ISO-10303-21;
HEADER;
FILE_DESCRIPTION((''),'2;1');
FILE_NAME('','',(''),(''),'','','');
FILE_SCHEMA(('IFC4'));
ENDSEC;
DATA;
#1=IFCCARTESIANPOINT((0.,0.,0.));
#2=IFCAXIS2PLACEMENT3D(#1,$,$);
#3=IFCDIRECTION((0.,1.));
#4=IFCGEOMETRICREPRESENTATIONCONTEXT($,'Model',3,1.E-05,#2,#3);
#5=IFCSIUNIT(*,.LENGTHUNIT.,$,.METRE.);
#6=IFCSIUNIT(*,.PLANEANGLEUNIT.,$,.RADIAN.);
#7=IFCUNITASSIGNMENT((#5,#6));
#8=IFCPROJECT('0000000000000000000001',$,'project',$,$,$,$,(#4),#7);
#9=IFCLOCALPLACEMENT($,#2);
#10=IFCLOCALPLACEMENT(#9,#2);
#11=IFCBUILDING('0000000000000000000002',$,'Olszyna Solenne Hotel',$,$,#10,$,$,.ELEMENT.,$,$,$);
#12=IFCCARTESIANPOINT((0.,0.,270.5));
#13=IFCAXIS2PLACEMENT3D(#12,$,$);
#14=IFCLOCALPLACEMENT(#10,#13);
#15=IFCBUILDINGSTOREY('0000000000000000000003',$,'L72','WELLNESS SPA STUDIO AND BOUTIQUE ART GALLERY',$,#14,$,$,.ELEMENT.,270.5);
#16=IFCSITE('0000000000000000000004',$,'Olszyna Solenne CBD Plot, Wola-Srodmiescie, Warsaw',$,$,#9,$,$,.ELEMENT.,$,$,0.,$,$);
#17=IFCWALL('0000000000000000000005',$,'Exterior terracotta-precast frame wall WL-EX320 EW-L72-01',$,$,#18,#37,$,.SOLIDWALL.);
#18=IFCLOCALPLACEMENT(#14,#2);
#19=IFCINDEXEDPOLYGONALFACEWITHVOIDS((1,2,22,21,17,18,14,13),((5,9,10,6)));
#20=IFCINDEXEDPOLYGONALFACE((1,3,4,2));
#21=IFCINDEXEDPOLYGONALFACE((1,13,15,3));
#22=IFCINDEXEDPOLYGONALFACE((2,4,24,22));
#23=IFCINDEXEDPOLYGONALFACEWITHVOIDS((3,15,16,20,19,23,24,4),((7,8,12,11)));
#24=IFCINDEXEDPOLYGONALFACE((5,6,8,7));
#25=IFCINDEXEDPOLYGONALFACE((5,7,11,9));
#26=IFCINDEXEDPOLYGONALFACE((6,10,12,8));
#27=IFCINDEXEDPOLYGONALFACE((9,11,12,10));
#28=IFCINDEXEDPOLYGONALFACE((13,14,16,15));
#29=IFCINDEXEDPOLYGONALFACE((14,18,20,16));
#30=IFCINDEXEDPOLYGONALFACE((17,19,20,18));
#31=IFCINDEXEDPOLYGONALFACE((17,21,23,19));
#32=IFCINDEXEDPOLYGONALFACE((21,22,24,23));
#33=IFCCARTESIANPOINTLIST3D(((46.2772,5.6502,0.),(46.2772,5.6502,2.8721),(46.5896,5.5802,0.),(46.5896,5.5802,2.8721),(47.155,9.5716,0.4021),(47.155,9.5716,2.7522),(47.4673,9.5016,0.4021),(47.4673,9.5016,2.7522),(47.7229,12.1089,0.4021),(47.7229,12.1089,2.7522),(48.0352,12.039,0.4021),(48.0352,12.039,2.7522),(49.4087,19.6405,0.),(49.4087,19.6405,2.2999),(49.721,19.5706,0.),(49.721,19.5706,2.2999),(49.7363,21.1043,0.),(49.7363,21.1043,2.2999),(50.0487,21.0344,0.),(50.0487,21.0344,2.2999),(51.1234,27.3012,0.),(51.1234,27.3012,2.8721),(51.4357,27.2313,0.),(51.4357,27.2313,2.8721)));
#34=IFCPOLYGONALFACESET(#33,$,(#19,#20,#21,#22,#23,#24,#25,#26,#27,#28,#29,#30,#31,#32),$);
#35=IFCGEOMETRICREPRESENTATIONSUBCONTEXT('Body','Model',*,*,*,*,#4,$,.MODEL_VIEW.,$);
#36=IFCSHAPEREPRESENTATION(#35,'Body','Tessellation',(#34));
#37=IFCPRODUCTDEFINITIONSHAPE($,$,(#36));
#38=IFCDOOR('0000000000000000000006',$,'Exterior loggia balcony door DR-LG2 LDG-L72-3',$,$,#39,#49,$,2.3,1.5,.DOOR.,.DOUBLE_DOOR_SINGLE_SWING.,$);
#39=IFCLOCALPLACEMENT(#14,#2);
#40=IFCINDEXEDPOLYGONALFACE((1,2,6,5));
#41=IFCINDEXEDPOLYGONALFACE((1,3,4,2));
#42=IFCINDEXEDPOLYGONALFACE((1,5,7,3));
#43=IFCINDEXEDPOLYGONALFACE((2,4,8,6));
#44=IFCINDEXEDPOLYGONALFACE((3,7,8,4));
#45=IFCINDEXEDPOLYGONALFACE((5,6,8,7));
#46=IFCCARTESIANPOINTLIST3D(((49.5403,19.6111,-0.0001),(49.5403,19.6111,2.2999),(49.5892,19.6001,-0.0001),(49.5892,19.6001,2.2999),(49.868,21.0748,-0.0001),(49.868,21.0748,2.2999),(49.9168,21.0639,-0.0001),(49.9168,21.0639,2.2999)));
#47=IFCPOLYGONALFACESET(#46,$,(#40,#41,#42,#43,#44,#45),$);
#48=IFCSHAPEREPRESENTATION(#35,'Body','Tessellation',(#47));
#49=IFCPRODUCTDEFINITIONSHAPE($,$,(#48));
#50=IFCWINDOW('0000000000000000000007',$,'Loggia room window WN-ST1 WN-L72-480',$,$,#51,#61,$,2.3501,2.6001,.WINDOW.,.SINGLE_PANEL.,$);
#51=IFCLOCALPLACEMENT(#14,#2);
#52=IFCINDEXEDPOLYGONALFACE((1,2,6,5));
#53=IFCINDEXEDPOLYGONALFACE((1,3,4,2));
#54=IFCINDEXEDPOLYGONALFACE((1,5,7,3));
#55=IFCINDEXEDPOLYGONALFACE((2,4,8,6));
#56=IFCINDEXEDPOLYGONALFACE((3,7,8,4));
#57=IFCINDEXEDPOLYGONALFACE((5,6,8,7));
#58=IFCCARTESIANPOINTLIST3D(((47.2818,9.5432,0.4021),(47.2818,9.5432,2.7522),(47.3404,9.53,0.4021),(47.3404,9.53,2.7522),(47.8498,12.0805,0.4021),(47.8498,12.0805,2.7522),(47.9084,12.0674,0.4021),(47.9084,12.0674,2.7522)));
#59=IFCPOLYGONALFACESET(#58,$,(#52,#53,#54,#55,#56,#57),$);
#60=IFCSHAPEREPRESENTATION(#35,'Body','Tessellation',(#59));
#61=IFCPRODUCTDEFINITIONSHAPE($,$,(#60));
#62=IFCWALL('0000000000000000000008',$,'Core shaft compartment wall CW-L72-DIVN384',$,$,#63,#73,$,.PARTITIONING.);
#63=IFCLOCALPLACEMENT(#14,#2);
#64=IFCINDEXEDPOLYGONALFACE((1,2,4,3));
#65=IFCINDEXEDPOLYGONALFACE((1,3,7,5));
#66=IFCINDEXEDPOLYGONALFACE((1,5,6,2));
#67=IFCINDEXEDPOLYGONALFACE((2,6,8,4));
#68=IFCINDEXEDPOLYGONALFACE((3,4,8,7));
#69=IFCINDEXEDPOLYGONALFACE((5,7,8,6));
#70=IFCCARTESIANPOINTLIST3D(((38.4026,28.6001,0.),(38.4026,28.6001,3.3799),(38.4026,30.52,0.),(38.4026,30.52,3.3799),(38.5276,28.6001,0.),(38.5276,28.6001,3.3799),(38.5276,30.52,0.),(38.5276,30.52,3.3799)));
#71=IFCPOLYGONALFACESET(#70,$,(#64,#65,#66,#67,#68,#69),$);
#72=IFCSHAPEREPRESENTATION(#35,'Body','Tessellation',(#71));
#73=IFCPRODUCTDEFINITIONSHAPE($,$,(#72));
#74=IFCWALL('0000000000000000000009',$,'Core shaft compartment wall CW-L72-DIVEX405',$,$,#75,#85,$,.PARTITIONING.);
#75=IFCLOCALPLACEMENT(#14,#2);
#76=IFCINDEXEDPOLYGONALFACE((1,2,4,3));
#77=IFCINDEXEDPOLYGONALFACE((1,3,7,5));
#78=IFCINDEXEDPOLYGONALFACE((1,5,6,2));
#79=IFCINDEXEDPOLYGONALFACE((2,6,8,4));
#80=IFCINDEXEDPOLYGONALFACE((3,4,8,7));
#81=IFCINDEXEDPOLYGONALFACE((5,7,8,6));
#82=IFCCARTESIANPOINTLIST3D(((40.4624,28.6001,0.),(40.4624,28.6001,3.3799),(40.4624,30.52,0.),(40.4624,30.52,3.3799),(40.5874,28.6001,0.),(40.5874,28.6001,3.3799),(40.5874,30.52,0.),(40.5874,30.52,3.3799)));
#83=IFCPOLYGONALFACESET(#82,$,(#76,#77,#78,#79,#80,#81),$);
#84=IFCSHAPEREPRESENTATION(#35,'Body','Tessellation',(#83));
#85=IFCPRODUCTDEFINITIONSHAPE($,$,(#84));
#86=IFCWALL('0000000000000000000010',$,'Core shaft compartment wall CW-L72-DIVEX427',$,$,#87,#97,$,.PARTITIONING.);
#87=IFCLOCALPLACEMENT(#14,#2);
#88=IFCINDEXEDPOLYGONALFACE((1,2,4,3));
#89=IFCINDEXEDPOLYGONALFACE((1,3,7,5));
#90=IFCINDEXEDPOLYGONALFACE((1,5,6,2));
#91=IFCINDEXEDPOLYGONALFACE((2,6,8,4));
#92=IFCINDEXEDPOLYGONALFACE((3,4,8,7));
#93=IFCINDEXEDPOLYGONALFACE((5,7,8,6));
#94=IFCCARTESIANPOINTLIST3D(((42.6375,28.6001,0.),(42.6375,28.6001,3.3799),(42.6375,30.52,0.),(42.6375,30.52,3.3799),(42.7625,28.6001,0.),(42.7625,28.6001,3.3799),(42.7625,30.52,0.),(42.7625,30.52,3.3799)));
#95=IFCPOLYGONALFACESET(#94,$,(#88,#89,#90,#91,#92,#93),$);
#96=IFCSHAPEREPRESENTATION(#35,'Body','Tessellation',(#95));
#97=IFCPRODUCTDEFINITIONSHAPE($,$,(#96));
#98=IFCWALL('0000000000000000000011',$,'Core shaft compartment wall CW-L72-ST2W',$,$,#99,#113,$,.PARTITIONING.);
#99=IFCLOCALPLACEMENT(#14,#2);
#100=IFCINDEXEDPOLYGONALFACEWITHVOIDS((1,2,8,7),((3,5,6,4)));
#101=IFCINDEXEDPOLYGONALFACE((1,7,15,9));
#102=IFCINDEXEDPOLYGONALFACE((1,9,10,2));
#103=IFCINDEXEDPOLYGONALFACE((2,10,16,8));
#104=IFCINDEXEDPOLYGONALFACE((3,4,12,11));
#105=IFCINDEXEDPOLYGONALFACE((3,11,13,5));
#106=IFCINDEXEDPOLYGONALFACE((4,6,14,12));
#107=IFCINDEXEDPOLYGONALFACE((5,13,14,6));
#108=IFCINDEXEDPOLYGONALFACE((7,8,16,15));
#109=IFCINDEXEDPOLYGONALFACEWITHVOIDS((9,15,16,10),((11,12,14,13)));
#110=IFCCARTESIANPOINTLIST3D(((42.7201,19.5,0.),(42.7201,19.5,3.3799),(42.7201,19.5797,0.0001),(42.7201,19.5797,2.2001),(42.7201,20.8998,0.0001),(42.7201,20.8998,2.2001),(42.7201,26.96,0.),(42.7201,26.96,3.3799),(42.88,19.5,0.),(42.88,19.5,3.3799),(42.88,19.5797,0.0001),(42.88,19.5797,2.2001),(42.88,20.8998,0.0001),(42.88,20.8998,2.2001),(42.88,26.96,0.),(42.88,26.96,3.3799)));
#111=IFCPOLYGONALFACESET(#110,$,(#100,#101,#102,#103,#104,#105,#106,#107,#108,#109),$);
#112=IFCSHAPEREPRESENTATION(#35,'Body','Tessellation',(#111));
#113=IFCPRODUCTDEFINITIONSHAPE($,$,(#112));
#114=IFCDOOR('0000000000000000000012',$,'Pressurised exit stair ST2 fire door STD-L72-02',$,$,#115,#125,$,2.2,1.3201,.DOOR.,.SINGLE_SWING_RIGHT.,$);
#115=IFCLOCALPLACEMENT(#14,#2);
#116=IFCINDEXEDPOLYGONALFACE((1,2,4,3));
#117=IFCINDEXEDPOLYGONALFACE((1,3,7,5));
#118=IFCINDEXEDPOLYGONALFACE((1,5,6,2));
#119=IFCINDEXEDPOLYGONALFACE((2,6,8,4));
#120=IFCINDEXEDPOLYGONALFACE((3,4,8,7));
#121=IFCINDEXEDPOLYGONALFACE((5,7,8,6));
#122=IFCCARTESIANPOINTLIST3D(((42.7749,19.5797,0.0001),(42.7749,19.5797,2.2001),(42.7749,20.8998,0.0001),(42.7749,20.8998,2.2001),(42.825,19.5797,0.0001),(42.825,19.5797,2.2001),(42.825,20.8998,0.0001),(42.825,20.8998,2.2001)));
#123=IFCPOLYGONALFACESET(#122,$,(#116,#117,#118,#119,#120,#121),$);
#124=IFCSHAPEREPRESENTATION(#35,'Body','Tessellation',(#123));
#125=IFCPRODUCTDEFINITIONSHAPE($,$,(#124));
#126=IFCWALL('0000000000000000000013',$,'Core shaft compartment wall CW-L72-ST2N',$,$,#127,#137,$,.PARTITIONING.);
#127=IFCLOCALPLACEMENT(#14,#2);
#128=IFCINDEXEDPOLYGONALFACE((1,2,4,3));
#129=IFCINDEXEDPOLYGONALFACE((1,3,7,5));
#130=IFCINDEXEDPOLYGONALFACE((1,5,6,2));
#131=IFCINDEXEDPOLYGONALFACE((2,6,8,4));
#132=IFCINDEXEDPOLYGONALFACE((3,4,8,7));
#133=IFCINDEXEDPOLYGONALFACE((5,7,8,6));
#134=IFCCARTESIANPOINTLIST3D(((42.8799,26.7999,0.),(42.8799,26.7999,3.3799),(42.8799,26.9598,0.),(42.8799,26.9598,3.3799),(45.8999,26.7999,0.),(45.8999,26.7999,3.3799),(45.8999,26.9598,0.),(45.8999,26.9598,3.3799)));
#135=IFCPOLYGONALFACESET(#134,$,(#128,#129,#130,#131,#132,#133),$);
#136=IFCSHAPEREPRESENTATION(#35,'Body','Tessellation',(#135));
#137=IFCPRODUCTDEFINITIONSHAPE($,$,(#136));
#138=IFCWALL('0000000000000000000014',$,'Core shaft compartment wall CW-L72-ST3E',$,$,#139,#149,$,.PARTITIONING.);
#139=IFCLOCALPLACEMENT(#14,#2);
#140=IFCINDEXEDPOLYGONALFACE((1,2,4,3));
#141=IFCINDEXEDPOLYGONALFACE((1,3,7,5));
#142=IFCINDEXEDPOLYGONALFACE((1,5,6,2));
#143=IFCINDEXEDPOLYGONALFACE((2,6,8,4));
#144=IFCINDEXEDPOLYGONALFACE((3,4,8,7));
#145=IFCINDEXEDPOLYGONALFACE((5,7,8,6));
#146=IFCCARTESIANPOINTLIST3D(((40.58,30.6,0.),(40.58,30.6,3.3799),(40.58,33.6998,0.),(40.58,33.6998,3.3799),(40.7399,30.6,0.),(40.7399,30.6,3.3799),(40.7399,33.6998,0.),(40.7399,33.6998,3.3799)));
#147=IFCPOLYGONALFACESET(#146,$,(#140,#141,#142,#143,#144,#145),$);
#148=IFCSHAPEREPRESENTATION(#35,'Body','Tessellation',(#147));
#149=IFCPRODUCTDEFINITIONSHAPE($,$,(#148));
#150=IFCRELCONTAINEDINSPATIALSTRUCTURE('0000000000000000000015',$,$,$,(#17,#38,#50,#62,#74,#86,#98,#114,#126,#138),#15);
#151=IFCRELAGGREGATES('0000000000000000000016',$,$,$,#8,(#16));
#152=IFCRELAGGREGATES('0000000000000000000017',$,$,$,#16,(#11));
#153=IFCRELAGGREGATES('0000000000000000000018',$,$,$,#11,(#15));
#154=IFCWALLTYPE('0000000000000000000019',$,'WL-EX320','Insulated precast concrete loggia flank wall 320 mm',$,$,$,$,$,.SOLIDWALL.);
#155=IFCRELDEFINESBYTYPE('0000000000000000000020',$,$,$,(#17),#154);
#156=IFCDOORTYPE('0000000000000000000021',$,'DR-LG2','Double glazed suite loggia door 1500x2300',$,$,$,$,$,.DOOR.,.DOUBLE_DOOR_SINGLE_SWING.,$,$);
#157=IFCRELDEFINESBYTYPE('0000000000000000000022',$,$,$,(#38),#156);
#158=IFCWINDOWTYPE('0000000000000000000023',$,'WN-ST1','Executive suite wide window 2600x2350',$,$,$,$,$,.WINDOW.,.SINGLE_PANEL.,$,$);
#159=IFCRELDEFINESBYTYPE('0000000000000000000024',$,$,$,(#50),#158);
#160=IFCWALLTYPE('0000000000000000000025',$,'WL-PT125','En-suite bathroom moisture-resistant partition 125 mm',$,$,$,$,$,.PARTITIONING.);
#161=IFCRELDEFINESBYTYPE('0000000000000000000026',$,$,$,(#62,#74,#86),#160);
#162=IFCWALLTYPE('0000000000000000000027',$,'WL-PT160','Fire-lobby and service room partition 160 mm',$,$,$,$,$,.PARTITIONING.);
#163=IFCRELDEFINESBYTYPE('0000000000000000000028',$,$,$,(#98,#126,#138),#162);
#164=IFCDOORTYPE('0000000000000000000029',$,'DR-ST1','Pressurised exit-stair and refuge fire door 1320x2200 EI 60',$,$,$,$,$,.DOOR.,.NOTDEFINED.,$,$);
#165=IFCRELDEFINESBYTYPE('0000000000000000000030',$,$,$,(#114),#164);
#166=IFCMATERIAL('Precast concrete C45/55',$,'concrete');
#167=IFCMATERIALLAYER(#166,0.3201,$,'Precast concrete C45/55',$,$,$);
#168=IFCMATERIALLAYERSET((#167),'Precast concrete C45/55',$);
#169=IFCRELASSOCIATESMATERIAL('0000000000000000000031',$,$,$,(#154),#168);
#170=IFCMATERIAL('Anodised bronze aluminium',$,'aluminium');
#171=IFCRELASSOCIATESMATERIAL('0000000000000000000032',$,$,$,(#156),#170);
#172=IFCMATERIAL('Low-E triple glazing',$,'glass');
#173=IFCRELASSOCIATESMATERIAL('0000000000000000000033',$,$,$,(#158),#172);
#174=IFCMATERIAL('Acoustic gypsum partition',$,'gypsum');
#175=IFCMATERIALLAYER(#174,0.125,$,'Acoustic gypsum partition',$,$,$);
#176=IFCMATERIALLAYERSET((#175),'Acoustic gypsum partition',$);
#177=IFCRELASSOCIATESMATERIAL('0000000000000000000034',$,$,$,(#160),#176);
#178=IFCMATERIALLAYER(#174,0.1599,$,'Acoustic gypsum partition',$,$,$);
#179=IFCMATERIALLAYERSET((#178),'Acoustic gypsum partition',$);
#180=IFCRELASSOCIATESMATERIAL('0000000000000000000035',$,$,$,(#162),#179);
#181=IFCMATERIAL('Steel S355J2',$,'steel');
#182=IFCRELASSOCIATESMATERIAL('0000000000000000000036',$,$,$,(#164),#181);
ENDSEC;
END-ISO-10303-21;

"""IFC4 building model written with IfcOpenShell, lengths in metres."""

from ifc_helpers import new_model, si_unit, direction, frame, frame_2d, origin, place, context, subcontext, project, spatial, rectangle, extrude, source, transform, mapped, material, layer, layer_set, type_object, type_shapes, element, fill, save


model = new_model("IFC4")

# Units and contexts
model_context = context("Model", 3, precision=1e-05, world=origin(), true_north=direction((0.0, 1.0)))
body_context = subcontext(model_context, "Body", "Model", "MODEL_VIEW")
ifc_project = project(units=[si_unit("LENGTHUNIT", "METRE"), si_unit("PLANEANGLEUNIT", "RADIAN")], contexts=[model_context])

# Site, building, storey
site_placement = place(None, origin())
site = spatial("IfcSite", under=ifc_project, at=site_placement, Name="Olszyna Solenne CBD Plot, Wola-Srodmiescie, Warsaw", CompositionType="ELEMENT", RefElevation=0.0)
building_placement = place(site_placement, origin())
building = spatial("IfcBuilding", under=site, at=building_placement, Name="Olszyna Solenne Hotel", CompositionType="ELEMENT")
storey_placement = place(building_placement, frame((0.0, 0.0, 270.5)))
storey = spatial("IfcBuildingStorey", under=building, at=storey_placement, Name="L72", Description="WELLNESS SPA STUDIO AND BOUTIQUE ART GALLERY", CompositionType="ELEMENT", Elevation=270.5)

# Shared definitions
ifc_material_1 = material(Name="Steel S355J2", Category="steel")

# Wall, openings, door, window
ifc_material_2 = material(Name="Precast concrete C45/55", Category="concrete")
ifc_layer_1 = layer(ifc_material_2, 0.3201, Name="Precast concrete C45/55")
ifc_layer_set_1 = layer_set([ifc_layer_1], Name="Precast concrete C45/55")
wall_type_1 = type_object("IfcWallType", Name="WL-EX320", Description="Insulated precast concrete loggia flank wall 320 mm", PredefinedType="SOLIDWALL", material=ifc_layer_set_1)
wall_1_placement = place(storey_placement, frame((51.2795, 27.2661, 0.0), z_axis=(0.0, 0.0, 1.0), x_axis=(-0.218426, -0.975853, 0.0)))
wall_1 = element("IfcWall", 1, at=wall_1_placement, inside=storey, type_object=wall_type_1, Name="Exterior terracotta-precast frame wall WL-EX320 EW-L72-01", PredefinedType="SOLIDWALL", context=body_context, shape_type="SweptSolid", body=[
    extrude(rectangle(XDim=22.1868, YDim=0.3201, at=frame_2d((11.0933, 0.0))), origin(), (0.0, 0.0, 1.0), 2.8721),
])
opening_1_placement = place(wall_1_placement, frame((6.3501, 0.0, 0.0)))
opening_1 = element("IfcOpeningElement", 2, at=opening_1_placement, cuts=wall_1, PredefinedType="OPENING", context=body_context, shape_type="SweptSolid", body=[
    extrude(rectangle(XDim=1.5, YDim=2.3, at=frame_2d((0.75, 1.1499))), frame((0.0, 0.1699, 0.0), z_axis=(0.0, -1.0, 0.0), x_axis=(1.0, 0.0, 0.0)), (0.0, 0.0, 1.0), 0.3401),
])
opening_2_placement = place(wall_1_placement, frame((15.5681, 0.0, 0.4021)))
opening_2 = element("IfcOpeningElement", 3, at=opening_2_placement, cuts=wall_1, PredefinedType="OPENING", context=body_context, shape_type="SweptSolid", body=[
    extrude(rectangle(XDim=2.6001, YDim=2.3501, at=frame_2d((1.3, 1.175))), frame((0.0, 0.1699, 0.0), z_axis=(0.0, -1.0, 0.0), x_axis=(1.0, 0.0, 0.0)), (0.0, 0.0, 1.0), 0.3401),
])
ifc_material_3 = material(Name="Anodised bronze aluminium", Category="aluminium")
door_type_1 = type_object("IfcDoorType", Name="DR-LG2", Description="Double glazed suite loggia door 1500x2300", OperationType="DOUBLE_DOOR_SINGLE_SWING", PredefinedType="DOOR", material=ifc_material_3)
shared_shape_1 = source(origin(), body_context, "Body", "SweptSolid", [
    extrude(rectangle(XDim=1.5, YDim=2.3, at=frame_2d((0.75, 1.1499))), frame((0.0, 0.0249, 0.0), z_axis=(0.0, -1.0, 0.0), x_axis=(1.0, 0.0, 0.0)), (0.0, 0.0, 1.0), 0.05),
])
type_shapes(door_type_1, [shared_shape_1])
door_1_placement = place(opening_1_placement, origin())
door_1 = element("IfcDoor", 4, at=door_1_placement, inside=storey, type_object=door_type_1, Name="Exterior loggia balcony door DR-LG2 LDG-L72-3", OperationType="DOUBLE_DOOR_SINGLE_SWING", OverallHeight=2.3, OverallWidth=1.5, PredefinedType="DOOR", context=body_context, shape_type="MappedRepresentation", body=[
    mapped(shared_shape_1, transform((0.0, 0.0, 0.0), x_axis=(1.0, 0.0, 0.0), y_axis=(0.0, 1.0, 0.0), z_axis=(0.0, 0.0, 1.0), scale=1.0)),
])
fill(opening_1, door_1)
ifc_material_4 = material(Name="Low-E triple glazing", Category="glass")
window_type = type_object("IfcWindowType", Name="WN-ST1", Description="Executive suite wide window 2600x2350", PartitioningType="SINGLE_PANEL", PredefinedType="WINDOW", material=ifc_material_4)
shared_shape_2 = source(origin(), body_context, "Body", "SweptSolid", [
    extrude(rectangle(XDim=2.6001, YDim=2.3501, at=frame_2d((1.3, 1.175))), frame((0.0, 0.03, 0.0), z_axis=(0.0, -1.0, 0.0), x_axis=(1.0, 0.0, 0.0)), (0.0, 0.0, 1.0), 0.0601),
])
type_shapes(window_type, [shared_shape_2])
window_placement = place(opening_2_placement, origin())
window = element("IfcWindow", 5, at=window_placement, inside=storey, type_object=window_type, Name="Loggia room window WN-ST1 WN-L72-480", OverallHeight=2.3501, OverallWidth=2.6001, PartitioningType="SINGLE_PANEL", PredefinedType="WINDOW", context=body_context, shape_type="MappedRepresentation", body=[
    mapped(shared_shape_2, transform((0.0, 0.0, 0.0), x_axis=(1.0, 0.0, 0.0), y_axis=(0.0, 1.0, 0.0), z_axis=(0.0, 0.0, 1.0), scale=1.0)),
])
fill(opening_2, window)

# Walls
ifc_material_5 = material(Name="Acoustic gypsum partition", Category="gypsum")
ifc_layer_2 = layer(ifc_material_5, 0.125, Name="Acoustic gypsum partition")
ifc_layer_set_2 = layer_set([ifc_layer_2], Name="Acoustic gypsum partition")
wall_type_2 = type_object("IfcWallType", Name="WL-PT125", Description="En-suite bathroom moisture-resistant partition 125 mm", PredefinedType="PARTITIONING", material=ifc_layer_set_2)
for number, where, z_axis, x_axis, name in (
    (6, (38.4651, 28.6001, 0.0), (0.0, 0.0, 1.0), (0.0, 1.0, 0.0), "Core shaft compartment wall CW-L72-DIVN384"),
    (7, (40.5249, 28.6001, 0.0), (0.0, 0.0, 1.0), (0.0, 1.0, 0.0), "Core shaft compartment wall CW-L72-DIVEX405"),
    (8, (42.7, 28.6001, 0.0), (0.0, 0.0, 1.0), (0.0, 1.0, 0.0), "Core shaft compartment wall CW-L72-DIVEX427"),
):
    element("IfcWall", number, at=place(storey_placement, frame(where, z_axis=z_axis, x_axis=x_axis)), inside=storey, type_object=wall_type_2, Name=name, PredefinedType="PARTITIONING", context=body_context, shape_type="SweptSolid", body=[
        extrude(rectangle(XDim=1.9199, YDim=0.125, at=frame_2d((0.96, 0.0))), origin(), (0.0, 0.0, 1.0), 3.3799),
    ])

# Wall, opening, door
ifc_layer_3 = layer(ifc_material_5, 0.1599, Name="Acoustic gypsum partition")
ifc_layer_set_3 = layer_set([ifc_layer_3], Name="Acoustic gypsum partition")
wall_type_3 = type_object("IfcWallType", Name="WL-PT160", Description="Fire-lobby and service room partition 160 mm", PredefinedType="PARTITIONING", material=ifc_layer_set_3)
wall_2_placement = place(storey_placement, frame((42.8, 26.96, 0.0), z_axis=(0.0, 0.0, 1.0), x_axis=(0.0, -1.0, 0.0)))
wall_2 = element("IfcWall", 9, at=wall_2_placement, inside=storey, type_object=wall_type_3, Name="Core shaft compartment wall CW-L72-ST2W", PredefinedType="PARTITIONING", context=body_context, shape_type="SweptSolid", body=[
    extrude(rectangle(XDim=7.46, YDim=0.1599, at=frame_2d((3.73, 0.0))), origin(), (0.0, 0.0, 1.0), 3.3799),
])
opening_3_placement = place(wall_2_placement, frame((6.0601, 0.0, 0.0)))
opening_3 = element("IfcOpeningElement", 10, at=opening_3_placement, cuts=wall_2, PredefinedType="OPENING", context=body_context, shape_type="SweptSolid", body=[
    extrude(rectangle(XDim=1.3201, YDim=2.2, at=frame_2d((0.6602, 1.1001))), frame((0.0, 0.0898, 0.0), z_axis=(0.0, -1.0, 0.0), x_axis=(1.0, 0.0, 0.0)), (0.0, 0.0, 1.0), 0.1799),
])
door_type_2 = type_object("IfcDoorType", Name="DR-ST1", Description="Pressurised exit-stair and refuge fire door 1320x2200 EI 60", OperationType="NOTDEFINED", PredefinedType="DOOR", material=ifc_material_1)
shared_shape_3 = source(origin(), body_context, "Body", "SweptSolid", [
    extrude(rectangle(XDim=1.3201, YDim=2.2, at=frame_2d((0.6602, 1.1001))), frame((0.0, 0.0249, 0.0), z_axis=(0.0, -1.0, 0.0), x_axis=(1.0, 0.0, 0.0)), (0.0, 0.0, 1.0), 0.05),
])
type_shapes(door_type_2, [shared_shape_3])
door_2_placement = place(opening_3_placement, origin())
door_2 = element("IfcDoor", 11, at=door_2_placement, inside=storey, type_object=door_type_2, Name="Pressurised exit stair ST2 fire door STD-L72-02", OperationType="SINGLE_SWING_RIGHT", OverallHeight=2.2, OverallWidth=1.3201, PredefinedType="DOOR", context=body_context, shape_type="MappedRepresentation", body=[
    mapped(shared_shape_3, transform((0.0, 0.0, 0.0), x_axis=(1.0, 0.0, 0.0), y_axis=(0.0, 1.0, 0.0), z_axis=(0.0, 0.0, 1.0), scale=1.0)),
])
fill(opening_3, door_2)

# Walls
wall_3_placement = place(storey_placement, frame((42.8799, 26.8799, 0.0), z_axis=(0.0, 0.0, 1.0), x_axis=(1.0, 0.0, 0.0)))
element("IfcWall", 12, at=wall_3_placement, inside=storey, type_object=wall_type_3, Name="Core shaft compartment wall CW-L72-ST2N", PredefinedType="PARTITIONING", context=body_context, shape_type="SweptSolid", body=[
    extrude(rectangle(XDim=3.02, YDim=0.1599, at=frame_2d((1.51, 0.0))), origin(), (0.0, 0.0, 1.0), 3.3799),
])
wall_4_placement = place(storey_placement, frame((40.6599, 30.6001, 0.0), z_axis=(0.0, 0.0, 1.0), x_axis=(0.0, 1.0, 0.0)))
element("IfcWall", 13, at=wall_4_placement, inside=storey, type_object=wall_type_3, Name="Core shaft compartment wall CW-L72-ST3E", PredefinedType="PARTITIONING", context=body_context, shape_type="SweptSolid", body=[
    extrude(rectangle(XDim=3.0999, YDim=0.1599, at=frame_2d((1.5498, 0.0))), origin(), (0.0, 0.0, 1.0), 3.3799),
])

save(model, "model.ifc")
